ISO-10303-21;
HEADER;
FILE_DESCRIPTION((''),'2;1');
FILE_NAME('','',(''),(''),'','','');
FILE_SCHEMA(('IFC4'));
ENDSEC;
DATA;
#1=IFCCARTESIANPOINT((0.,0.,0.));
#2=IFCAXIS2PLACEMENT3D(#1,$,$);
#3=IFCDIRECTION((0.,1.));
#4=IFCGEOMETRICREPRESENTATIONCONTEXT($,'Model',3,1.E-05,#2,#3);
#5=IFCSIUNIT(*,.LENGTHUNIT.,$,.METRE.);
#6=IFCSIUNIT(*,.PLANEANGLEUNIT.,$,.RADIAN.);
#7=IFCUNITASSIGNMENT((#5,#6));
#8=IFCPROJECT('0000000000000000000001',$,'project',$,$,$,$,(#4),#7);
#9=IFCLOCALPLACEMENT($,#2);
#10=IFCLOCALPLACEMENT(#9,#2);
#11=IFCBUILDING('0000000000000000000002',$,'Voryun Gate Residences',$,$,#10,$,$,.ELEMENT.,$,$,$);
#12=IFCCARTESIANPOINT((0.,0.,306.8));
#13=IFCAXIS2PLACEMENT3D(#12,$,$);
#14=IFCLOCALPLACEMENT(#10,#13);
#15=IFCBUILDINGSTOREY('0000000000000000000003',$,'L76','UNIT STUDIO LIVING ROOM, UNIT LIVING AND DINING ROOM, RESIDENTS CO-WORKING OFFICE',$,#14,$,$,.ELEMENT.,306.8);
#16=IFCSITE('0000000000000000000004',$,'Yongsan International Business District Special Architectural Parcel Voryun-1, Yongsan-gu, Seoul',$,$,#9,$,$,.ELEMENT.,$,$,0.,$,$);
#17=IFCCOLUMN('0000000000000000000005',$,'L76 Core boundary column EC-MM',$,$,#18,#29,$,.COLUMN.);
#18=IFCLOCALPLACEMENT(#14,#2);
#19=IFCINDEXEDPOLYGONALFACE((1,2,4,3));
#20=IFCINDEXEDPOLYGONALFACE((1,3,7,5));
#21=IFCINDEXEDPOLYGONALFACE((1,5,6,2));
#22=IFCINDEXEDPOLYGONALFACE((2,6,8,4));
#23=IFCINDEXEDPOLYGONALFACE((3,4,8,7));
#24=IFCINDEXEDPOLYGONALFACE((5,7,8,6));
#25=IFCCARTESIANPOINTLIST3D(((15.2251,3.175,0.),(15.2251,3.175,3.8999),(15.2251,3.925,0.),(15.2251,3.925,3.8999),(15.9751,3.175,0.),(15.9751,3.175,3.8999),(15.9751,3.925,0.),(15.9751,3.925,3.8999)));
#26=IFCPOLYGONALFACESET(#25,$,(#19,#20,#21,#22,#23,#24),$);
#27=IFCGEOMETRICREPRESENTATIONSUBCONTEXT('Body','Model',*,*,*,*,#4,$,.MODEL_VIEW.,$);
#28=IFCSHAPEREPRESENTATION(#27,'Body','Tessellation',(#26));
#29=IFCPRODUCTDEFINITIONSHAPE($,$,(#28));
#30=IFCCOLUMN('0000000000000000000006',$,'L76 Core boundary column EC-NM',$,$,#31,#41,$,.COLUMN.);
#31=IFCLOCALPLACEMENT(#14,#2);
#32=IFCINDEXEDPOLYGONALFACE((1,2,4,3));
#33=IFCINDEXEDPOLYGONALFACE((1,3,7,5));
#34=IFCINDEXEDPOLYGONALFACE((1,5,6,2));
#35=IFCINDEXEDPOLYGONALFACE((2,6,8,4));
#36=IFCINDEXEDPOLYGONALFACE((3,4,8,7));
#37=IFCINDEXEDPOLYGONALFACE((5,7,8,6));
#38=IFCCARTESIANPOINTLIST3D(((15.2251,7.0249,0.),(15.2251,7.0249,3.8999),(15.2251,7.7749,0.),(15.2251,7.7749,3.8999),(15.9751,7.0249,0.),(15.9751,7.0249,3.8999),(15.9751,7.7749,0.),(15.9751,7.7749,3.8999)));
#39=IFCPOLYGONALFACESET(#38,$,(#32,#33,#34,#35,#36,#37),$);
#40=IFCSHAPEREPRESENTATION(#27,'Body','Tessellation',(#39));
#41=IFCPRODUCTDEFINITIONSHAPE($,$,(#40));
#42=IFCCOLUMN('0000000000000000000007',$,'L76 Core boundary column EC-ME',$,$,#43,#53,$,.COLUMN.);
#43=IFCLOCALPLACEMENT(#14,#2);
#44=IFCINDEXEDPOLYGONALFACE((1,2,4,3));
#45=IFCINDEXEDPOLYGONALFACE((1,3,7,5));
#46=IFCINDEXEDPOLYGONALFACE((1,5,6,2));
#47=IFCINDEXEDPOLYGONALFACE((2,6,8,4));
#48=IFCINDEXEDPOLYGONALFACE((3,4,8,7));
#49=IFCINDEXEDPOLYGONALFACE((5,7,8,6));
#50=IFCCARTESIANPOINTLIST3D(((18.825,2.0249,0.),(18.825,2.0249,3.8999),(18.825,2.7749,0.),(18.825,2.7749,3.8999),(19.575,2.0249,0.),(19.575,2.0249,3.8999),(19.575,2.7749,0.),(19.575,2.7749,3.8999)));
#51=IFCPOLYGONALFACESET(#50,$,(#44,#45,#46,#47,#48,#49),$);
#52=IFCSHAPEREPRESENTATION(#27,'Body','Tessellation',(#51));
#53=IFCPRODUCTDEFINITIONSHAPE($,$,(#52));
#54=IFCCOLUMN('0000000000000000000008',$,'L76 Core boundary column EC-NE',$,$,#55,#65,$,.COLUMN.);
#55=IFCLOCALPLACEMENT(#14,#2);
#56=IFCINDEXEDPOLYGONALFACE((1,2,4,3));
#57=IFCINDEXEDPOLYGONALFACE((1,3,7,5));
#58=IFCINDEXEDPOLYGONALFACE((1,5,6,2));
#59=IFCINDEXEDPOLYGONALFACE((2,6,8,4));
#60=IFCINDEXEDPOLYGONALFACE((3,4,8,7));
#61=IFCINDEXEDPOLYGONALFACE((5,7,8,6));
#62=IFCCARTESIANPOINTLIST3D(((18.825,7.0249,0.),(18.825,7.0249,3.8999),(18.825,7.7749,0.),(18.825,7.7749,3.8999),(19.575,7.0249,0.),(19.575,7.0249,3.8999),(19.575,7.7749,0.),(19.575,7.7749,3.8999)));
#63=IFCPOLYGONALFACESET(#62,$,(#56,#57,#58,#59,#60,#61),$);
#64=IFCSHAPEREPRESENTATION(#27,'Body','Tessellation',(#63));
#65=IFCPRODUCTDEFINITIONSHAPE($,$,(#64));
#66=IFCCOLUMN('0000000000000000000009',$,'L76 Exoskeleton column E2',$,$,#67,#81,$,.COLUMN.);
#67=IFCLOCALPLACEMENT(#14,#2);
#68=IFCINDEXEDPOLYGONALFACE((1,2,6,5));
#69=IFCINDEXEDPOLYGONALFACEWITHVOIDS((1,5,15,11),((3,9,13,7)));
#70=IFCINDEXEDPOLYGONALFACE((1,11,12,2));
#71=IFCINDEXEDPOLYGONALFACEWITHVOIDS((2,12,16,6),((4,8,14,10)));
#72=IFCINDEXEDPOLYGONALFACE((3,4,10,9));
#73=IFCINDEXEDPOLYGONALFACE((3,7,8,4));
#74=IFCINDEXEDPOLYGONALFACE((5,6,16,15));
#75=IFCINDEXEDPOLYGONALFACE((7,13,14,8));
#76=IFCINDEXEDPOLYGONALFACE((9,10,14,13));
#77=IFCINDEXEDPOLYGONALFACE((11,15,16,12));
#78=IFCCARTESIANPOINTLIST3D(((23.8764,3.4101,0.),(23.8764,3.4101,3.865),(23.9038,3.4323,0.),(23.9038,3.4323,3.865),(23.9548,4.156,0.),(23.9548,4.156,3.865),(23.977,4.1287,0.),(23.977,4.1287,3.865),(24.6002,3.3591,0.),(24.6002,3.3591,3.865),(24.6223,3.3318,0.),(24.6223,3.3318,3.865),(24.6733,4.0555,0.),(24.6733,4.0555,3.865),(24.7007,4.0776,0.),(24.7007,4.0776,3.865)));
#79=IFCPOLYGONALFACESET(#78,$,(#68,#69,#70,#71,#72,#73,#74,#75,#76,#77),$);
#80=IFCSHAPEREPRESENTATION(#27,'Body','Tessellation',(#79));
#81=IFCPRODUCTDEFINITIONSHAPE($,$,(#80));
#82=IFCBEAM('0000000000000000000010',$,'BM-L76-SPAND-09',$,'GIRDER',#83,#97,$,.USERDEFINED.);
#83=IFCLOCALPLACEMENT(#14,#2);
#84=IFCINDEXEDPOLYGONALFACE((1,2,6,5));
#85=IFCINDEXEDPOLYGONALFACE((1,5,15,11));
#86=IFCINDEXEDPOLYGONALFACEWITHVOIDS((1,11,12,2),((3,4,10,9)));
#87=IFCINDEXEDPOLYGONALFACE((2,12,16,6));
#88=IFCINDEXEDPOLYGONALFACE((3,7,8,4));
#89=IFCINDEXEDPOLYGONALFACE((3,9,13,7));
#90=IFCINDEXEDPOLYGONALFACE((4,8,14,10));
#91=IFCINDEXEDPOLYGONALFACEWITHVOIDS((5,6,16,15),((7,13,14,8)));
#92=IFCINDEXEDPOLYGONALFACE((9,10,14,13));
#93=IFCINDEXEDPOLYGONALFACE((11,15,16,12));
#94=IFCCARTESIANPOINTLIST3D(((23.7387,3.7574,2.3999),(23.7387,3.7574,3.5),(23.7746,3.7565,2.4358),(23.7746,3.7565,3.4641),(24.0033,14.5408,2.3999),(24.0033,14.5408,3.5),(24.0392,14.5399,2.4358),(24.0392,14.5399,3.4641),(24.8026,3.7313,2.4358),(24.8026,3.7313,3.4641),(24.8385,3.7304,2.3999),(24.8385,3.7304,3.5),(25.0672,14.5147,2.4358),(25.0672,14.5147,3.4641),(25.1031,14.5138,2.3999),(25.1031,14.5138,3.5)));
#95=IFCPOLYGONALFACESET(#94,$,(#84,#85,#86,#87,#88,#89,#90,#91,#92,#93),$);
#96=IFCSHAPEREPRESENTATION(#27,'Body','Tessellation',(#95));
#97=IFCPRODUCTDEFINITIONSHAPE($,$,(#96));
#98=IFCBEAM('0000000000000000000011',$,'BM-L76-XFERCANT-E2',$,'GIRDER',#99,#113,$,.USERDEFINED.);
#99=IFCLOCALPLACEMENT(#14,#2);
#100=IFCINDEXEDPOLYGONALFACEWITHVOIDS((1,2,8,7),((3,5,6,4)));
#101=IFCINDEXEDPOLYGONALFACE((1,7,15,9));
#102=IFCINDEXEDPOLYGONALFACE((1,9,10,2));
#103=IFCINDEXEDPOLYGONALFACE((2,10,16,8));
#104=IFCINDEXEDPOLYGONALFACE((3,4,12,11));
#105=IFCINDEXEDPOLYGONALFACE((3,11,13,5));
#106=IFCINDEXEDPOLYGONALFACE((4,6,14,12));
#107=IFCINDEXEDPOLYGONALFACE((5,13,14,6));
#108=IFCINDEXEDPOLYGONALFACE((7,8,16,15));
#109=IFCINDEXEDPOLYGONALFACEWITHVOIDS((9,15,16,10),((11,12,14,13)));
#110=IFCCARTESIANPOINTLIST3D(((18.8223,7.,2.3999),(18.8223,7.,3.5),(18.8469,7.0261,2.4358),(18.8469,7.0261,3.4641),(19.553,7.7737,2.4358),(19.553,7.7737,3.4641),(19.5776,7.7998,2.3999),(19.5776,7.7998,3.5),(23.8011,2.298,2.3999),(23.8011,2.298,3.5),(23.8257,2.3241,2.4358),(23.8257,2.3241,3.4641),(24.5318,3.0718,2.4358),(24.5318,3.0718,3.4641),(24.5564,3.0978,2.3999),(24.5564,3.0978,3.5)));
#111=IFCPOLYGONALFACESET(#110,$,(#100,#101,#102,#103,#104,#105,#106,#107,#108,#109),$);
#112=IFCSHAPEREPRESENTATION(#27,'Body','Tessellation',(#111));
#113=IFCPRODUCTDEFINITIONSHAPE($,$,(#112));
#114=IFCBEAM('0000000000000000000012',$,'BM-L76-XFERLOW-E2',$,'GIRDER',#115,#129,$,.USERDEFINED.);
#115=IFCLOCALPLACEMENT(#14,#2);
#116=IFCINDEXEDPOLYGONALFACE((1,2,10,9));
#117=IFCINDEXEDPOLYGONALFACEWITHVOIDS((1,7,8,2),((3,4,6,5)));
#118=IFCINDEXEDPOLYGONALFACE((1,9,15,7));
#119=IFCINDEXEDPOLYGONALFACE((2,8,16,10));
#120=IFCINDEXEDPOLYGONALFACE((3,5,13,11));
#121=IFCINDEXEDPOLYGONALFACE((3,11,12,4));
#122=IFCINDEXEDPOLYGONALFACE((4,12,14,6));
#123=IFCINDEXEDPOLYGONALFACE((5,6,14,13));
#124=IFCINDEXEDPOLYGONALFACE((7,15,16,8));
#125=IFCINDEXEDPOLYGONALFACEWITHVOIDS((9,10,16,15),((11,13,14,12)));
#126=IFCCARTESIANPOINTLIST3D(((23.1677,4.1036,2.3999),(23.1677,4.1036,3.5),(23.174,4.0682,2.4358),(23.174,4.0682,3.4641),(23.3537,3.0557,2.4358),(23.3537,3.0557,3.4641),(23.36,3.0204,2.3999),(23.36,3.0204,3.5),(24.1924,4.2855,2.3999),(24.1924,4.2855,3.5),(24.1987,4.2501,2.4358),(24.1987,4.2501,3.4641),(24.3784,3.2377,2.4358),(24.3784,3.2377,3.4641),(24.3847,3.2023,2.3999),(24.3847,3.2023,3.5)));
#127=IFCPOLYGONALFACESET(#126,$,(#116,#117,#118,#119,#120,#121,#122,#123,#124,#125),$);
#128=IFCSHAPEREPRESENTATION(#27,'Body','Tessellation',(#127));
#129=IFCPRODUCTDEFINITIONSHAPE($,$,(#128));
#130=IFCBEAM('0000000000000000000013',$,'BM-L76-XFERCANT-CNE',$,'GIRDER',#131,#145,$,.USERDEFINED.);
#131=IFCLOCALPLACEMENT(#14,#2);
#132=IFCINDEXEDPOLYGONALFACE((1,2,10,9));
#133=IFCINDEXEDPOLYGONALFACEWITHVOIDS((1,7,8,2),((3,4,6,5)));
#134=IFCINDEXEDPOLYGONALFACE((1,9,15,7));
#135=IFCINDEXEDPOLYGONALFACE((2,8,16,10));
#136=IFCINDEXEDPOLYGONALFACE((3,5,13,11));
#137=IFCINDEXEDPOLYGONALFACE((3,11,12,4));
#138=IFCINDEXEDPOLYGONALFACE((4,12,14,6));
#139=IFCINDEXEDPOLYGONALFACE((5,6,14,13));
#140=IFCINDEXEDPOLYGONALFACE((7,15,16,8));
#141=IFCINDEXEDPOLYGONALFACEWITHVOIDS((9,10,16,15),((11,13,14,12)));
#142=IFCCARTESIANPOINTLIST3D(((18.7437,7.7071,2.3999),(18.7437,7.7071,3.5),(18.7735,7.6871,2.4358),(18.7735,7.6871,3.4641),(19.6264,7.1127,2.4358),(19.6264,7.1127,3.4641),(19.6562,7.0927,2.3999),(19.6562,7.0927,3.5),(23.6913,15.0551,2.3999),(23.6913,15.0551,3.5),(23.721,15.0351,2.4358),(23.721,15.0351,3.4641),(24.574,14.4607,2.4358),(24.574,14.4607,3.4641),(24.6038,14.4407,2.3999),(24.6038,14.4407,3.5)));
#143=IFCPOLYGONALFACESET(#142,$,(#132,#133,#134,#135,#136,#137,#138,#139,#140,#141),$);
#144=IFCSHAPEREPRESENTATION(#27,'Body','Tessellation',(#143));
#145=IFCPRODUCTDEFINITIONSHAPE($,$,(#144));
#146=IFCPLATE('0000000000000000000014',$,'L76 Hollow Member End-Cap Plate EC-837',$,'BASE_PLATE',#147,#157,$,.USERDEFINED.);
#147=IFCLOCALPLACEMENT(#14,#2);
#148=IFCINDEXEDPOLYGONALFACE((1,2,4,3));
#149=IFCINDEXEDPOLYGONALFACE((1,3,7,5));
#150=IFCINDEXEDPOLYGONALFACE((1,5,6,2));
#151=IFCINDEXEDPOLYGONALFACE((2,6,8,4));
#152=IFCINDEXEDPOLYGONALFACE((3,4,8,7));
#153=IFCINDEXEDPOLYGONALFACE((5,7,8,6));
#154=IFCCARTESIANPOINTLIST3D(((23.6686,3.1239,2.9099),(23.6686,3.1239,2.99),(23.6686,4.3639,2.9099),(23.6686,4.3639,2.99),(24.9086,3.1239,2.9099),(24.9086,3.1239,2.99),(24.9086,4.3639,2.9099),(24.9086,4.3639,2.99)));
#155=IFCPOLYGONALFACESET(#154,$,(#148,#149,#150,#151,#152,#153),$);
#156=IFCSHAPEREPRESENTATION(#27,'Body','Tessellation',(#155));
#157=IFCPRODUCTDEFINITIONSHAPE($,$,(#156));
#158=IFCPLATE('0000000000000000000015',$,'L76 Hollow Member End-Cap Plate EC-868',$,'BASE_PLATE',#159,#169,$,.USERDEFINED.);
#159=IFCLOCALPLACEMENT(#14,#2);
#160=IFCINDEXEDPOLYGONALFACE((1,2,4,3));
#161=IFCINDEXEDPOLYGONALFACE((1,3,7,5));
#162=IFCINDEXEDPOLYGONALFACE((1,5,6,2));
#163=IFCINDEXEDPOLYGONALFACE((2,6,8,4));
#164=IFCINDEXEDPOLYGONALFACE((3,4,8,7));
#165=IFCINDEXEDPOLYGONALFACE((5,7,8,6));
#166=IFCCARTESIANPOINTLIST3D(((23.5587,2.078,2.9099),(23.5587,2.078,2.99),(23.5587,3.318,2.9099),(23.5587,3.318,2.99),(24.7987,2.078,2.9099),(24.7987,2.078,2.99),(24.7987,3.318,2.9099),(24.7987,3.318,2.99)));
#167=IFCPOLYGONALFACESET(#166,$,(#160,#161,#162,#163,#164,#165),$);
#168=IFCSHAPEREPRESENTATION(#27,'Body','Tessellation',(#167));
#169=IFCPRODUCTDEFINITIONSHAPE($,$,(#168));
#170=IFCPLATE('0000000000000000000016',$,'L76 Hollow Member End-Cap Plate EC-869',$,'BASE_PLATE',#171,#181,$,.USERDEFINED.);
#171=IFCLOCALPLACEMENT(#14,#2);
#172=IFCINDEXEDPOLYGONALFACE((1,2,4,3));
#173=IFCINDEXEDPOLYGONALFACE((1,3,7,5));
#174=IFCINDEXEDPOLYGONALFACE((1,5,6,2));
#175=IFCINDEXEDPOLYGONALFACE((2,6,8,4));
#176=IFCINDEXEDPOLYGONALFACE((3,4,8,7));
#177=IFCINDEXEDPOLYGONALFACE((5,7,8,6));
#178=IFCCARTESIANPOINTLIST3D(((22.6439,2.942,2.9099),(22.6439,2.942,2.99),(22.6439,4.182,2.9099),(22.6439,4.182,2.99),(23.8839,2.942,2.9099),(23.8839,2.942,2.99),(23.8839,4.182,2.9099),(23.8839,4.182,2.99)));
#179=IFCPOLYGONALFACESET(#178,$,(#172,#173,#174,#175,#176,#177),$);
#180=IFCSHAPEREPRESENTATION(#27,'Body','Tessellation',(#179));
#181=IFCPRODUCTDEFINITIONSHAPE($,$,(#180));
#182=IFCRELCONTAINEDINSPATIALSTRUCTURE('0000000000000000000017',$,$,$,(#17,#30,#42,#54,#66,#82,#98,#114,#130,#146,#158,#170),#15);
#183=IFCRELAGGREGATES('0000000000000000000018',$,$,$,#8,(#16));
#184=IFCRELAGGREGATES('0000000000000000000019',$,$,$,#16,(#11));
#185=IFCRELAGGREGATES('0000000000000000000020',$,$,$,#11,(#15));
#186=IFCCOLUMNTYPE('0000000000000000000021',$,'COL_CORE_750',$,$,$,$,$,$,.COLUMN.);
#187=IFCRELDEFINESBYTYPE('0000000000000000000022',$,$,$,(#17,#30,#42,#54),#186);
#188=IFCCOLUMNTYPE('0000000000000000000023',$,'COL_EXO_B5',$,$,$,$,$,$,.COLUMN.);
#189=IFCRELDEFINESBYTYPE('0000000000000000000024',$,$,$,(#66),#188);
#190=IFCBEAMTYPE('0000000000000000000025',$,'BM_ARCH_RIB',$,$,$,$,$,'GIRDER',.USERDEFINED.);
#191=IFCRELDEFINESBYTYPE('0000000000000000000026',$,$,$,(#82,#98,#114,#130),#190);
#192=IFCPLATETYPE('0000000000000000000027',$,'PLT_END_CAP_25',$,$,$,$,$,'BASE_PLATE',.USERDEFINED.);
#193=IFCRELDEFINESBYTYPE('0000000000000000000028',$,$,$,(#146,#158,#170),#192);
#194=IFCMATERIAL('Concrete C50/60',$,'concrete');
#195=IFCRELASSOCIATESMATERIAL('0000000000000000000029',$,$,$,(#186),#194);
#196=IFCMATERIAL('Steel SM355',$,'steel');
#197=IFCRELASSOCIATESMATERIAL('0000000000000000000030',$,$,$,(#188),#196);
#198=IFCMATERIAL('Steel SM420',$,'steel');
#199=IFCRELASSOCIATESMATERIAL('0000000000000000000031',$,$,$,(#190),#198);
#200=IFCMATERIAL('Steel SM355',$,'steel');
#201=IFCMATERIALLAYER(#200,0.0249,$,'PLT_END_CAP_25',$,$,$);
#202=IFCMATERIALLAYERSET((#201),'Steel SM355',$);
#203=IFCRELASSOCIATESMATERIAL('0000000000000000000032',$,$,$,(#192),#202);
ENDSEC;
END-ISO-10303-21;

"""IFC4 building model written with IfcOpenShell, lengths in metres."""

from ifc_helpers import new_model, si_unit, direction, frame, origin, origin_2d, place, context, subcontext, project, spatial, rectangle, hollow_rectangle, extrude, material, layer, layer_set, material_profile, profile_set, type_object, element, save


model = new_model("IFC4")

# Units and contexts
model_context = context("Model", 3, precision=1e-05, world=origin(), true_north=direction((0.0, 1.0)))
body_context = subcontext(model_context, "Body", "Model", "MODEL_VIEW")
ifc_project = project(units=[si_unit("LENGTHUNIT", "METRE"), si_unit("PLANEANGLEUNIT", "RADIAN")], contexts=[model_context])

# Site, building, storey
site_placement = place(None, origin())
site = spatial("IfcSite", under=ifc_project, at=site_placement, Name="Yongsan International Business District Special Architectural Parcel Voryun-1, Yongsan-gu, Seoul", CompositionType="ELEMENT", RefElevation=0.0)
building_placement = place(site_placement, origin())
building = spatial("IfcBuilding", under=site, at=building_placement, Name="Voryun Gate Residences", CompositionType="ELEMENT")
storey_placement = place(building_placement, frame((0.0, 0.0, 306.8)))
storey = spatial("IfcBuildingStorey", under=building, at=storey_placement, Name="L76", Description="UNIT STUDIO LIVING ROOM, UNIT LIVING AND DINING ROOM, RESIDENTS CO-WORKING OFFICE", CompositionType="ELEMENT", Elevation=306.8)

# Columns
ifc_material_1 = material(Name="Concrete C50/60", Category="concrete")
ifc_material_profile_1 = material_profile(ifc_material_1, rectangle(XDim=0.75, YDim=0.75, at=origin_2d()), Name="RC-750x750")
ifc_profile_set_1 = profile_set([ifc_material_profile_1], Name="Concrete C50/60")
column_type_1 = type_object("IfcColumnType", Name="COL_CORE_750", PredefinedType="COLUMN", material=ifc_profile_set_1)
for number, where, z_axis, x_axis, name in (
    (1, (15.6001, 3.55, 0.0), (0.0, 0.0, 1.0), (1.0, 0.0, 0.0), "L76 Core boundary column EC-MM"),
    (2, (15.6001, 7.3999, 0.0), (0.0, 0.0, 1.0), (1.0, 0.0, 0.0), "L76 Core boundary column EC-NM"),
    (3, (19.2, 2.3999, 0.0), (0.0, 0.0, 1.0), (1.0, 0.0, 0.0), "L76 Core boundary column EC-ME"),
    (4, (19.2, 7.3999, 0.0), (0.0, 0.0, 1.0), (1.0, 0.0, 0.0), "L76 Core boundary column EC-NE"),
):
    element("IfcColumn", number, at=place(storey_placement, frame(where, z_axis=z_axis, x_axis=x_axis)), inside=storey, type_object=column_type_1, Name=name, PredefinedType="COLUMN", context=body_context, shape_type="SweptSolid", body=[
        extrude(rectangle(XDim=0.75, YDim=0.75, at=origin_2d()), origin(), (0.0, 0.0, 1.0), 3.8999),
    ])
ifc_material_2 = material(Name="Steel SM355", Category="steel")
ifc_material_profile_2 = material_profile(ifc_material_2, hollow_rectangle(XDim=0.75, YDim=0.75, WallThickness=0.0249, at=origin_2d()), Name="BOX-750x750x25")
ifc_profile_set_2 = profile_set([ifc_material_profile_2], Name="Steel SM355")
column_type_2 = type_object("IfcColumnType", Name="COL_EXO_B5", PredefinedType="COLUMN", material=ifc_profile_set_2)
column_placement = place(storey_placement, frame((24.2886, 3.7439, 0.0), z_axis=(0.0, 0.0, 1.0), x_axis=(0.994522, -0.104528, 0.0)))
element("IfcColumn", 5, at=column_placement, inside=storey, type_object=column_type_2, Name="L76 Exoskeleton column E2", PredefinedType="COLUMN", context=body_context, shape_type="SweptSolid", body=[
    extrude(hollow_rectangle(XDim=0.75, YDim=0.75, WallThickness=0.0249, at=origin_2d()), origin(), (0.0, 0.0, 1.0), 3.865),
])

# Beams
ifc_material_3 = material(Name="Steel SM420", Category="steel")
ifc_material_profile_3 = material_profile(ifc_material_3, hollow_rectangle(XDim=1.1001, YDim=1.1001, WallThickness=0.0359, at=origin_2d()), Name="BOX-1100x1100x36")
ifc_profile_set_3 = profile_set([ifc_material_profile_3], Name="Steel SM420")
beam_type = type_object("IfcBeamType", Name="BM_ARCH_RIB", ElementType="GIRDER", PredefinedType="USERDEFINED", material=ifc_profile_set_3)
beam_1_placement = place(storey_placement, frame((24.2886, 3.7439, 2.95), z_axis=(0.024535, 0.999699, 0.0), x_axis=(-0.999699, 0.024535, 0.0)))
element("IfcBeam", 6, at=beam_1_placement, inside=storey, type_object=beam_type, Name="BM-L76-SPAND-09", ObjectType="GIRDER", PredefinedType="USERDEFINED", context=body_context, shape_type="SweptSolid", body=[
    extrude(hollow_rectangle(XDim=1.1001, YDim=1.1001, WallThickness=0.0359, at=origin_2d()), origin(), (0.0, 0.0, 1.0), 10.7866),
])
beam_2_placement = place(storey_placement, frame((19.2, 7.3999, 2.95), z_axis=(0.727032, -0.686604, 0.0), x_axis=(0.686604, 0.727032, 0.0)))
element("IfcBeam", 7, at=beam_2_placement, inside=storey, type_object=beam_type, Name="BM-L76-XFERCANT-E2", ObjectType="GIRDER", PredefinedType="USERDEFINED", context=body_context, shape_type="SweptSolid", body=[
    extrude(hollow_rectangle(XDim=1.1001, YDim=1.1001, WallThickness=0.0359, at=origin_2d()), origin(), (0.0, 0.0, 1.0), 6.8481),
])
beam_3_placement = place(storey_placement, frame((24.2886, 3.7439, 2.95), z_axis=(-0.984608, -0.174776, 0.0), x_axis=(0.174776, -0.984608, 0.0)))
element("IfcBeam", 8, at=beam_3_placement, inside=storey, type_object=beam_type, Name="BM-L76-XFERLOW-E2", ObjectType="GIRDER", PredefinedType="USERDEFINED", context=body_context, shape_type="SweptSolid", body=[
    extrude(hollow_rectangle(XDim=1.1001, YDim=1.1001, WallThickness=0.0359, at=origin_2d()), origin(), (0.0, 0.0, 1.0), 1.0408),
])
beam_4_placement = place(storey_placement, frame((19.2, 7.3999, 2.95), z_axis=(0.558517, 0.829493, 0.0), x_axis=(-0.829493, 0.558517, 0.0)))
element("IfcBeam", 9, at=beam_4_placement, inside=storey, type_object=beam_type, Name="BM-L76-XFERCANT-CNE", ObjectType="GIRDER", PredefinedType="USERDEFINED", context=body_context, shape_type="SweptSolid", body=[
    extrude(hollow_rectangle(XDim=1.1001, YDim=1.1001, WallThickness=0.0359, at=origin_2d()), origin(), (0.0, 0.0, 1.0), 8.8584),
])

# Plates
ifc_material_4 = material(Name="Steel SM355", Category="steel")
ifc_layer_1 = layer(ifc_material_4, 0.0249, Name="PLT_END_CAP_25")
ifc_layer_set_1 = layer_set([ifc_layer_1], Name="Steel SM355")
plate_type = type_object("IfcPlateType", Name="PLT_END_CAP_25", ElementType="BASE_PLATE", PredefinedType="USERDEFINED", material=ifc_layer_set_1)
for number, where, z_axis, x_axis, name in (
    (10, (24.2886, 3.7439, 2.9099), (0.0, 0.0, 1.0), (1.0, 0.0, 0.0), "L76 Hollow Member End-Cap Plate EC-837"),
    (11, (24.1787, 2.698, 2.9099), (0.0, 0.0, 1.0), (1.0, 0.0, 0.0), "L76 Hollow Member End-Cap Plate EC-868"),
    (12, (23.2639, 3.562, 2.9099), (0.0, 0.0, 1.0), (1.0, 0.0, 0.0), "L76 Hollow Member End-Cap Plate EC-869"),
):
    element("IfcPlate", number, at=place(storey_placement, frame(where, z_axis=z_axis, x_axis=x_axis)), inside=storey, type_object=plate_type, Name=name, ObjectType="BASE_PLATE", PredefinedType="USERDEFINED", context=body_context, shape_type="SweptSolid", body=[
        extrude(rectangle(XDim=1.24, YDim=1.24, at=origin_2d()), origin(), (0.0, 0.0, 1.0), 0.0801),
    ])

save(model, "model.ifc")
